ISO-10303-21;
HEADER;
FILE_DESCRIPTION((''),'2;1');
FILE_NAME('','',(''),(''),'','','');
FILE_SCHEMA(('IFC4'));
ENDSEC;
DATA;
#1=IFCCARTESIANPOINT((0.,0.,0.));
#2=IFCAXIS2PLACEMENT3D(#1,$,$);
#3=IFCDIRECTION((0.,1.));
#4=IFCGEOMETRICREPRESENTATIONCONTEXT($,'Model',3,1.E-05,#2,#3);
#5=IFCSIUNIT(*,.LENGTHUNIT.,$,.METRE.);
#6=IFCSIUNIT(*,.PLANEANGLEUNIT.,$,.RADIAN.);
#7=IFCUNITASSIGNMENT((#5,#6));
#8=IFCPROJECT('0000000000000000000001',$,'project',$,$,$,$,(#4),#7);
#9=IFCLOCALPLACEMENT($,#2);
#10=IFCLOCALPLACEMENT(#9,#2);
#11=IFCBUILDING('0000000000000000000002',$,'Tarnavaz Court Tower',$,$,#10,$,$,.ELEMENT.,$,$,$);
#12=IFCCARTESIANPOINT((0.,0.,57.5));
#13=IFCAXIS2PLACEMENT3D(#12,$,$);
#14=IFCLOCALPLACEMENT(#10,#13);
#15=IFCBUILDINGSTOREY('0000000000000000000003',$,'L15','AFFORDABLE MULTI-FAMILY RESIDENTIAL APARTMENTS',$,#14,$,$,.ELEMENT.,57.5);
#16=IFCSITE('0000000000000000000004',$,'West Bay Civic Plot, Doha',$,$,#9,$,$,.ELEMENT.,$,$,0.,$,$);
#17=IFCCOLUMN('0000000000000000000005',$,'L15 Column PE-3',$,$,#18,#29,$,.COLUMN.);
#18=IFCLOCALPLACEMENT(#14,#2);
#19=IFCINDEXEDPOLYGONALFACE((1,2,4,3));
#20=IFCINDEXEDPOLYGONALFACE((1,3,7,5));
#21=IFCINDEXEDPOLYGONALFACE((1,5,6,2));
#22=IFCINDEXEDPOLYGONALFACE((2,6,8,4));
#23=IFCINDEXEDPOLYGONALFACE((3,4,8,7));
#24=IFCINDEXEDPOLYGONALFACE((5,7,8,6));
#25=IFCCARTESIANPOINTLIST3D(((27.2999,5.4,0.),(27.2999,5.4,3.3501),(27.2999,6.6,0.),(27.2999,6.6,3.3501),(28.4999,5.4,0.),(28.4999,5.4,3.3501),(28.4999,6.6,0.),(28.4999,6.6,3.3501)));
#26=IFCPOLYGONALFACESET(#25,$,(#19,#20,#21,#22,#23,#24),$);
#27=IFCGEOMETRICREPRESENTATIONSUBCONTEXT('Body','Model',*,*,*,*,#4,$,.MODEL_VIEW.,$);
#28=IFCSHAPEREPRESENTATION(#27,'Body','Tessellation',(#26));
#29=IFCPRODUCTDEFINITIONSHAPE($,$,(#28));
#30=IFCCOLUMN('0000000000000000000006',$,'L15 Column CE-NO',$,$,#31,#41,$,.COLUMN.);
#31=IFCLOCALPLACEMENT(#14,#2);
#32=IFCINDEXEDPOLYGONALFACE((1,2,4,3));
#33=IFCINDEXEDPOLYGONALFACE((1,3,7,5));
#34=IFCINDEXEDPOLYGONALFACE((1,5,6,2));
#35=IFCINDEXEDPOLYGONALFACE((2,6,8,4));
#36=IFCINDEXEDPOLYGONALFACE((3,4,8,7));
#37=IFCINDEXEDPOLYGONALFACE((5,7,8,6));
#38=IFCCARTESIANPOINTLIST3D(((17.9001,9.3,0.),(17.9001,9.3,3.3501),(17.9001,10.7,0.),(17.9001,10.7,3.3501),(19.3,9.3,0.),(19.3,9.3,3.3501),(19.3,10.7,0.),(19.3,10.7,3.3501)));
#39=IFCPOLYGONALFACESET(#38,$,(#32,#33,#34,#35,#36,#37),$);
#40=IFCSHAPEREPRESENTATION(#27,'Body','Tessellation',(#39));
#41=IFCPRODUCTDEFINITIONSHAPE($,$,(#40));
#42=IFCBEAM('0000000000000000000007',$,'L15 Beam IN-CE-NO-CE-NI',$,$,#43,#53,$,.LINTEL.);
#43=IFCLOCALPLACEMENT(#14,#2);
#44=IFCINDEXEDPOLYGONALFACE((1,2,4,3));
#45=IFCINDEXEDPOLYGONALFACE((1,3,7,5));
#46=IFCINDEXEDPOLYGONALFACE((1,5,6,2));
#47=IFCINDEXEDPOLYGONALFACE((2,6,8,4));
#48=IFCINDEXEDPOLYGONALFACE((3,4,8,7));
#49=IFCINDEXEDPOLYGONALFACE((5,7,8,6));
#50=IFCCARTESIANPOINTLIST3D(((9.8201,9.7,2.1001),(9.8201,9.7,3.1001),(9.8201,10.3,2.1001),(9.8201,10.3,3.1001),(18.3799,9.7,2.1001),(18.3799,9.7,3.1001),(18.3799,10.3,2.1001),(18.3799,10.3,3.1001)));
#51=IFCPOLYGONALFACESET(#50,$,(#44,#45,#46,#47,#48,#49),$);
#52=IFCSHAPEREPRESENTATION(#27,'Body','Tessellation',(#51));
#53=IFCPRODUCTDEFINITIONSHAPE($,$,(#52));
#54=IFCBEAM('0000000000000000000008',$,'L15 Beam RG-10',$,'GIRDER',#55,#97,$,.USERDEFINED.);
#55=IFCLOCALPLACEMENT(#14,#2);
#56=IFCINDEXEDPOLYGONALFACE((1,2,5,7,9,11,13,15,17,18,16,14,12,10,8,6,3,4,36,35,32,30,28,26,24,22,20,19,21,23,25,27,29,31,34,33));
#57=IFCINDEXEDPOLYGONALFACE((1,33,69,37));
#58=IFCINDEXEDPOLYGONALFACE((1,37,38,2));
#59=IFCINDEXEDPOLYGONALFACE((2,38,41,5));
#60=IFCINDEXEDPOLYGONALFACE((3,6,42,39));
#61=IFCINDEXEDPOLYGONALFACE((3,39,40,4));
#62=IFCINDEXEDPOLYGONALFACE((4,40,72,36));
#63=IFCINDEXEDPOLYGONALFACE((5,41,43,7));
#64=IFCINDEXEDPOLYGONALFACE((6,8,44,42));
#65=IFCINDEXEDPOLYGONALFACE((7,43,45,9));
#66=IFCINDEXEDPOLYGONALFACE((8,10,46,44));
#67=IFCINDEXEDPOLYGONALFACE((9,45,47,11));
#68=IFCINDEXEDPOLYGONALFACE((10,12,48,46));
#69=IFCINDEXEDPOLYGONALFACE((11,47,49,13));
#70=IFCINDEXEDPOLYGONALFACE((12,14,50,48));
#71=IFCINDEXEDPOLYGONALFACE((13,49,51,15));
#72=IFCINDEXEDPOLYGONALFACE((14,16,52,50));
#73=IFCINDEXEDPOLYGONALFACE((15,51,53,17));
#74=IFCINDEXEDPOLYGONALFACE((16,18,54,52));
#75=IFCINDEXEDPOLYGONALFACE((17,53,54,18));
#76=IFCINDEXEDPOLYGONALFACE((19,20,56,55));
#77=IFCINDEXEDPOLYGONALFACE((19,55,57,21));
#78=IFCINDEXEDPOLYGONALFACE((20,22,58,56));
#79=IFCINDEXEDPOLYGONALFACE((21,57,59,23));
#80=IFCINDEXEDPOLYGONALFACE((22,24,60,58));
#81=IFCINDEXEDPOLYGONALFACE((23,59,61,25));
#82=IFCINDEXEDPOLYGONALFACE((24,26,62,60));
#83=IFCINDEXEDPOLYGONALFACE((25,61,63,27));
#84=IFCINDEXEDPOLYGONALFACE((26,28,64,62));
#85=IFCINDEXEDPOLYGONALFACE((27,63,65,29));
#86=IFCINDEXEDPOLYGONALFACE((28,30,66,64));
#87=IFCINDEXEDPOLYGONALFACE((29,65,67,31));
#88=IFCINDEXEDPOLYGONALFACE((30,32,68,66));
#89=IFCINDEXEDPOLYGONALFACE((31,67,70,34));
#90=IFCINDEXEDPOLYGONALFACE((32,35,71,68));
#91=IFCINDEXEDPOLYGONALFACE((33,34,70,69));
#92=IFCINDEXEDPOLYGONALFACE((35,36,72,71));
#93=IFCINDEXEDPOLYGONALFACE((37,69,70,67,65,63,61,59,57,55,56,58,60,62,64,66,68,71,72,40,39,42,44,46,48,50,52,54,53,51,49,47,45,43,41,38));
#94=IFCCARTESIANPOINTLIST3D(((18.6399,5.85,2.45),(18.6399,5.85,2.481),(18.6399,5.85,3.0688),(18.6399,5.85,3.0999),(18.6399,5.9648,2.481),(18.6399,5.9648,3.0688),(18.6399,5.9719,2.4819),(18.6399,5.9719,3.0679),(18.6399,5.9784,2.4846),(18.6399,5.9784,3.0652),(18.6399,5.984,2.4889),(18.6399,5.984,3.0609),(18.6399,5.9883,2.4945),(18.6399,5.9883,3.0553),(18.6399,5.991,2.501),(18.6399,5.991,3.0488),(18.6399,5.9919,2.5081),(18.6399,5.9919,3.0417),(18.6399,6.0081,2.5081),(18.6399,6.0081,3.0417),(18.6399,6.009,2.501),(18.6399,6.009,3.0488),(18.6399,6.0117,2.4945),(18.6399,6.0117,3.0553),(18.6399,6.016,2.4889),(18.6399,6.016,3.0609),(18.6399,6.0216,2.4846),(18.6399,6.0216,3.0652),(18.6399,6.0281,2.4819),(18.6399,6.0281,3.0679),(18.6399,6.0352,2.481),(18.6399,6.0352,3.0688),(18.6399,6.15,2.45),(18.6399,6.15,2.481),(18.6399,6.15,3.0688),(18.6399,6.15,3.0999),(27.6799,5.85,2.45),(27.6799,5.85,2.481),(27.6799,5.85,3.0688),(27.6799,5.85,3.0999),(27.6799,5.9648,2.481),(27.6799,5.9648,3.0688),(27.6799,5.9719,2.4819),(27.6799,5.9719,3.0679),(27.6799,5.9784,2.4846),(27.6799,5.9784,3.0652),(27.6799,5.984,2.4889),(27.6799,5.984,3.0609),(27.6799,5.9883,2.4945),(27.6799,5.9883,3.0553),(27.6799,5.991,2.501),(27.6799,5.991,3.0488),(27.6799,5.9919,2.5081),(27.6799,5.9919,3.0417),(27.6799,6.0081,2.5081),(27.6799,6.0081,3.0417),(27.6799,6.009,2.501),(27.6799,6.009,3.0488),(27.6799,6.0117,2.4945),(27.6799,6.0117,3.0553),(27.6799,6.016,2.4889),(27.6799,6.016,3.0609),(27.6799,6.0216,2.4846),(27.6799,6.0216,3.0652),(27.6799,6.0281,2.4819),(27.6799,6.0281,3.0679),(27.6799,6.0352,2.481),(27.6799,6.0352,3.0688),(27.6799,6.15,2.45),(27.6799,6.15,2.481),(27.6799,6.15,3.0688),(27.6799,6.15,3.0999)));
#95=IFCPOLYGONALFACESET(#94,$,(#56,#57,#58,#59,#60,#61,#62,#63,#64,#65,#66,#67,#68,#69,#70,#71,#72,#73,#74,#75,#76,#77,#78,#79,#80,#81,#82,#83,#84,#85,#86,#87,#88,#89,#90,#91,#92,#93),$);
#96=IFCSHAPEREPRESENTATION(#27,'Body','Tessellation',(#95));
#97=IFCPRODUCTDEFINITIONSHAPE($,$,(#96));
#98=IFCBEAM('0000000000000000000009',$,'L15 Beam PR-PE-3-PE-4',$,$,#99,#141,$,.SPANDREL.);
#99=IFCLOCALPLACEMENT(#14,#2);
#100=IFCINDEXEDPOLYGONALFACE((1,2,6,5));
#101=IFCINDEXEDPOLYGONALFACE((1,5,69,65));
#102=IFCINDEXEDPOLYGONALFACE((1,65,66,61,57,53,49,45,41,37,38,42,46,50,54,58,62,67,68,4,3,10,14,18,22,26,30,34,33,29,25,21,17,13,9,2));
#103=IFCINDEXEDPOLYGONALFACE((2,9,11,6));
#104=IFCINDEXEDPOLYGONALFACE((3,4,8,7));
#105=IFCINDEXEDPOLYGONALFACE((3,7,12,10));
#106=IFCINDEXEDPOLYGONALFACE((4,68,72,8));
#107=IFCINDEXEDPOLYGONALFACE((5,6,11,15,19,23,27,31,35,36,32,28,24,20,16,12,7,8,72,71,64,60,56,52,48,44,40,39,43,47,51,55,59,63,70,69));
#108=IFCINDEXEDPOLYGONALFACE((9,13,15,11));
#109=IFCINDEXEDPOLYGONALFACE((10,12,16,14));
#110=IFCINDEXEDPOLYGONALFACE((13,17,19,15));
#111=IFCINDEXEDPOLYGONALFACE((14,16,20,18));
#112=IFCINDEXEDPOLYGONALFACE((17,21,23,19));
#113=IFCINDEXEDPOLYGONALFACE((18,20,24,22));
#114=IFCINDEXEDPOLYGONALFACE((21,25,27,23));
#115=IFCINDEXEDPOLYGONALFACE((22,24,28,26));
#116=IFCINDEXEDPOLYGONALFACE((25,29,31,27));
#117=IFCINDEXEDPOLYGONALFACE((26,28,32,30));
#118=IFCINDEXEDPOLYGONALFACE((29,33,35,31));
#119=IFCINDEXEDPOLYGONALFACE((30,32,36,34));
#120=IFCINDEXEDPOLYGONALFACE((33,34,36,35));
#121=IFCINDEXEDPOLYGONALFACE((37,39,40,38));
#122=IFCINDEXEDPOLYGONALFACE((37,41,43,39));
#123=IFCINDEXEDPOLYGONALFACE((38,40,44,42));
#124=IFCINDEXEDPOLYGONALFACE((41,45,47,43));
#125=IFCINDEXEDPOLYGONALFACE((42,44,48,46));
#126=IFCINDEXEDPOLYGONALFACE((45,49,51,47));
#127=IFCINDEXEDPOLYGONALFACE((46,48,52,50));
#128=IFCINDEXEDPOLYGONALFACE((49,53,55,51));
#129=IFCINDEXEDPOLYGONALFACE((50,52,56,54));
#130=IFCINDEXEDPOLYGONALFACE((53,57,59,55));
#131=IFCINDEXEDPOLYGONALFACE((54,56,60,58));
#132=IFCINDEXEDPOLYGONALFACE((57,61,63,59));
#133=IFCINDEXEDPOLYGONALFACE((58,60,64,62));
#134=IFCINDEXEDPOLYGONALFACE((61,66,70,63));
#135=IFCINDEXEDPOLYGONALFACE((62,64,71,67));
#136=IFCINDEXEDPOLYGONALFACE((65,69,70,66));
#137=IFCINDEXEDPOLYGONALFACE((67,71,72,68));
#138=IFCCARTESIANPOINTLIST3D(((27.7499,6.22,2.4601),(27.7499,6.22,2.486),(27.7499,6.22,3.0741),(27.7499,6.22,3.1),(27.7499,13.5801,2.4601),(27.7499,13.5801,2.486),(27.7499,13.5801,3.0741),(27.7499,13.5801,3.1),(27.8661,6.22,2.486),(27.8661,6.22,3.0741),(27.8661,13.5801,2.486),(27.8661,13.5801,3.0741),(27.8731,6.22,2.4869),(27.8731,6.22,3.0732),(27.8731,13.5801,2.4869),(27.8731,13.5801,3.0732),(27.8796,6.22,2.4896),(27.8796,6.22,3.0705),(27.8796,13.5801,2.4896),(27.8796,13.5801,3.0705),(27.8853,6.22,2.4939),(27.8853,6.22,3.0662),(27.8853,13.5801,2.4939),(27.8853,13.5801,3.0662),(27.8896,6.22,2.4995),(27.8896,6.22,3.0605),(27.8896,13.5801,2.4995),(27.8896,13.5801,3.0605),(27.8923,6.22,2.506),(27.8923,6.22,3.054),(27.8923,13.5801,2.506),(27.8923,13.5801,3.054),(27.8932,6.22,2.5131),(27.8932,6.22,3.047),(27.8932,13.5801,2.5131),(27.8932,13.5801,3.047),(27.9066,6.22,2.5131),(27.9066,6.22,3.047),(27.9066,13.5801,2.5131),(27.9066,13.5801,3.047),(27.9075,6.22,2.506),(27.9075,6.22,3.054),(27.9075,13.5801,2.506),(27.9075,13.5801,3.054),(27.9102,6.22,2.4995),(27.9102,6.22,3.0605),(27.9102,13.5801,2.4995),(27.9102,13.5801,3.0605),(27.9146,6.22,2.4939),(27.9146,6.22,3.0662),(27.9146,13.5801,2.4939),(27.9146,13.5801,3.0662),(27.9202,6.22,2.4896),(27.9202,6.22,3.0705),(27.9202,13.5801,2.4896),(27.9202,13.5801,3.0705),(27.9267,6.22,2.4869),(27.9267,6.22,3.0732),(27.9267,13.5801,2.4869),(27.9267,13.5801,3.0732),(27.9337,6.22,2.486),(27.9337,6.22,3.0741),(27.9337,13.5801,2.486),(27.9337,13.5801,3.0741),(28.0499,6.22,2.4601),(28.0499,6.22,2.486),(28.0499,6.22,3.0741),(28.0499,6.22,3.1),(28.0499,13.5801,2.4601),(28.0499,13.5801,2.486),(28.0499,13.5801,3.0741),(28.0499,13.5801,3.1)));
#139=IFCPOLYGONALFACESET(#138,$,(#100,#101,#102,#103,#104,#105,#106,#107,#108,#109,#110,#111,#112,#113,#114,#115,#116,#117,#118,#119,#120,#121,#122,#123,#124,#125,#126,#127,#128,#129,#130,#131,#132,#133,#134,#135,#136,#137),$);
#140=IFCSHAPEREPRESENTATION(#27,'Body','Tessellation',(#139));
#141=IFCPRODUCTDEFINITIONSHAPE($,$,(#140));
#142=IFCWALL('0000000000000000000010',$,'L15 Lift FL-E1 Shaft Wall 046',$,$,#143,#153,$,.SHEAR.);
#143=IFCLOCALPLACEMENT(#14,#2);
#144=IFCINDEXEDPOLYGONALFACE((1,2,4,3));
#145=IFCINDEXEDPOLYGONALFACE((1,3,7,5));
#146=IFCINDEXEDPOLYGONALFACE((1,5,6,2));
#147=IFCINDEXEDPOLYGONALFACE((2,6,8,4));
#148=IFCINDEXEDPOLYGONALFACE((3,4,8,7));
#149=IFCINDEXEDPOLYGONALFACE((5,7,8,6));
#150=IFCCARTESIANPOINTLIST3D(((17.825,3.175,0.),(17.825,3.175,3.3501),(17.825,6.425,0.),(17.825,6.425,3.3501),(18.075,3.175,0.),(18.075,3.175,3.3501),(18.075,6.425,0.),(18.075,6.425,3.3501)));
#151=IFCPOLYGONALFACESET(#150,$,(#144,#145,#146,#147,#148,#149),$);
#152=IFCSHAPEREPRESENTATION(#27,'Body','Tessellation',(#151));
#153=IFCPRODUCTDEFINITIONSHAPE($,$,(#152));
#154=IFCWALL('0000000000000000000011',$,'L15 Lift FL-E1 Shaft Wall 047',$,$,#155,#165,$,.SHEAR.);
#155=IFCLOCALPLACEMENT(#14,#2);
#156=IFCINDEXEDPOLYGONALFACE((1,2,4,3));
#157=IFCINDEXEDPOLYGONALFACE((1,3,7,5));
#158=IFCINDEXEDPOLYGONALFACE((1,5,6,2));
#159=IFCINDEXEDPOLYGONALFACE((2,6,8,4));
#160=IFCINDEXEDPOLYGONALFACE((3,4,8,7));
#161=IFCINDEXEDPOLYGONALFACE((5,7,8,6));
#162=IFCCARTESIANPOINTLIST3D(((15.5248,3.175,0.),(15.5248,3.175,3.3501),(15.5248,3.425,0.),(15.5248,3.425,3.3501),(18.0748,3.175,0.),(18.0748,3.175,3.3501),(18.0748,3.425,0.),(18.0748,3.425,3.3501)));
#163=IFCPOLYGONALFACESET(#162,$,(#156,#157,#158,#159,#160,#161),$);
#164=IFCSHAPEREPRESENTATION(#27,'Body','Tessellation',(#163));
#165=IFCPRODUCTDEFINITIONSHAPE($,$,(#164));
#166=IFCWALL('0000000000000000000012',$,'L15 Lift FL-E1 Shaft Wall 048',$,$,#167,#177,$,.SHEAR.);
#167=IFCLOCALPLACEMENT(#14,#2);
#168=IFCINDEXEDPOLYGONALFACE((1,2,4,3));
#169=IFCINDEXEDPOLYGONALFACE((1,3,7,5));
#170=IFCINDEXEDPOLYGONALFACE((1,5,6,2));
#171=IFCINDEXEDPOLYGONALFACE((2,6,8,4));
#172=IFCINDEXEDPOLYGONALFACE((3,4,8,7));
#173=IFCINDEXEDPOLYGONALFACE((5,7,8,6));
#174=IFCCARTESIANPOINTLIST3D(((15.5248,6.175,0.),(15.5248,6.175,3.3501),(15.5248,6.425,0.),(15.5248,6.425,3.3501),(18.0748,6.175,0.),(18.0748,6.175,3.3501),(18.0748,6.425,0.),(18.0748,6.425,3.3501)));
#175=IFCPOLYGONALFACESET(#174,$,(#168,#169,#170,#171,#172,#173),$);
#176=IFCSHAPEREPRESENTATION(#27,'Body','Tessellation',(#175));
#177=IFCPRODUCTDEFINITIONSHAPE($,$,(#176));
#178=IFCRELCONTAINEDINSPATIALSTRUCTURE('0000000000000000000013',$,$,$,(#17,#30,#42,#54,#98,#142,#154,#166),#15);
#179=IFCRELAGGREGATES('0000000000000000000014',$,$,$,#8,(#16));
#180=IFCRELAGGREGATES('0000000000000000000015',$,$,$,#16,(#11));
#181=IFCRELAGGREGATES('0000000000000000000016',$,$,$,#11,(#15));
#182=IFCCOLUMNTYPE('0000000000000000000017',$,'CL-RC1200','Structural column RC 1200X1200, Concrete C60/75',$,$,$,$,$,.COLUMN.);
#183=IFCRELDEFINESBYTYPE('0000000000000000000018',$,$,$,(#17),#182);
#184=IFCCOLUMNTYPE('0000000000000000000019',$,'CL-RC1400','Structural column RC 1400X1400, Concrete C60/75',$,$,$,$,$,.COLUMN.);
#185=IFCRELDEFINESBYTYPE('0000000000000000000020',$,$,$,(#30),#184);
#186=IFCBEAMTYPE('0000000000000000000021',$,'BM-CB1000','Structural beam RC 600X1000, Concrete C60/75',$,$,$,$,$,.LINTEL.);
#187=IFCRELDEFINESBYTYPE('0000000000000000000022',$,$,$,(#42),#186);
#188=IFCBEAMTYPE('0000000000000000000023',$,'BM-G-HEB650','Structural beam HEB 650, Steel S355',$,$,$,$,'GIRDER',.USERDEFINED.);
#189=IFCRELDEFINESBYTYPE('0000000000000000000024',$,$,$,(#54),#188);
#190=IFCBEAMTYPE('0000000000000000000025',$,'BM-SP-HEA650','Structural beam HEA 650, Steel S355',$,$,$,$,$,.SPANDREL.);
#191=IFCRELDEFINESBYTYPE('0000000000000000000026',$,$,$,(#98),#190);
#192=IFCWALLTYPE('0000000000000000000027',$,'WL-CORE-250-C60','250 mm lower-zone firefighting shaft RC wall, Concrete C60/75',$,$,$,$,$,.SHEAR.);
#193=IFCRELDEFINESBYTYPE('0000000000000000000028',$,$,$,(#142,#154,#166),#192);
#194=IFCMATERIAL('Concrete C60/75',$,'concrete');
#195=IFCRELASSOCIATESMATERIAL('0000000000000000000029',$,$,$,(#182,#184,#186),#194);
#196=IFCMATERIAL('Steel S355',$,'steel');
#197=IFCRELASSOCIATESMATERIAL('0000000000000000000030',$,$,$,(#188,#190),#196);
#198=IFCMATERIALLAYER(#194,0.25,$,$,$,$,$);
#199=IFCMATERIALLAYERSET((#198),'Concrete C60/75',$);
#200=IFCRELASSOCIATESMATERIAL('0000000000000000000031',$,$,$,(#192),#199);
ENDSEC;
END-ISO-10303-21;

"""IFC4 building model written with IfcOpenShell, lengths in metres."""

from ifc_helpers import new_model, si_unit, direction, frame, frame_2d, origin, origin_2d, place, context, subcontext, project, spatial, rectangle, i_section, extrude, material, layer, layer_set, material_profile, profile_set, type_object, element, save


model = new_model("IFC4")

# Units and contexts
model_context = context("Model", 3, precision=1e-05, world=origin(), true_north=direction((0.0, 1.0)))
body_context = subcontext(model_context, "Body", "Model", "MODEL_VIEW")
ifc_project = project(units=[si_unit("LENGTHUNIT", "METRE"), si_unit("PLANEANGLEUNIT", "RADIAN")], contexts=[model_context])

# Site, building, storey
site_placement = place(None, origin())
site = spatial("IfcSite", under=ifc_project, at=site_placement, Name="West Bay Civic Plot, Doha", CompositionType="ELEMENT", RefElevation=0.0)
building_placement = place(site_placement, origin())
building = spatial("IfcBuilding", under=site, at=building_placement, Name="Tarnavaz Court Tower", CompositionType="ELEMENT")
storey_placement = place(building_placement, frame((0.0, 0.0, 57.5)))
storey = spatial("IfcBuildingStorey", under=building, at=storey_placement, Name="L15", Description="AFFORDABLE MULTI-FAMILY RESIDENTIAL APARTMENTS", CompositionType="ELEMENT", Elevation=57.5)

# Columns
ifc_material_1 = material(Name="Concrete C60/75", Category="concrete")
ifc_material_profile_1 = material_profile(ifc_material_1, rectangle(XDim=1.2, YDim=1.2, at=origin_2d()), Name="RC 1200X1200")
ifc_profile_set_1 = profile_set([ifc_material_profile_1], Name="Concrete C60/75")
column_type_1 = type_object("IfcColumnType", Name="CL-RC1200", Description="Structural column RC 1200X1200, Concrete C60/75", PredefinedType="COLUMN", material=ifc_profile_set_1)
column_1_placement = place(storey_placement, frame((27.8999, 6.0, 0.0), z_axis=(0.0, 0.0, 1.0), x_axis=(1.0, 0.0, 0.0)))
element("IfcColumn", 1, at=column_1_placement, inside=storey, type_object=column_type_1, Name="L15 Column PE-3", PredefinedType="COLUMN", context=body_context, shape_type="SweptSolid", body=[
    extrude(rectangle(XDim=1.2, YDim=1.2, at=origin_2d()), origin(), (0.0, 0.0, 1.0), 3.3501),
])
ifc_material_profile_2 = material_profile(ifc_material_1, rectangle(XDim=1.3999, YDim=1.3999, at=origin_2d()), Name="RC 1400X1400")
ifc_profile_set_2 = profile_set([ifc_material_profile_2], Name="Concrete C60/75")
column_type_2 = type_object("IfcColumnType", Name="CL-RC1400", Description="Structural column RC 1400X1400, Concrete C60/75", PredefinedType="COLUMN", material=ifc_profile_set_2)
column_2_placement = place(storey_placement, frame((18.6001, 10.0, 0.0), z_axis=(0.0, 0.0, 1.0), x_axis=(1.0, 0.0, 0.0)))
element("IfcColumn", 2, at=column_2_placement, inside=storey, type_object=column_type_2, Name="L15 Column CE-NO", PredefinedType="COLUMN", context=body_context, shape_type="SweptSolid", body=[
    extrude(rectangle(XDim=1.3999, YDim=1.3999, at=origin_2d()), origin(), (0.0, 0.0, 1.0), 3.3501),
])

# Beams
ifc_material_profile_3 = material_profile(ifc_material_1, rectangle(XDim=0.6001, YDim=1.0, at=origin_2d()), Name="RC 600X1000")
ifc_profile_set_3 = profile_set([ifc_material_profile_3], Name="Concrete C60/75")
beam_type_1 = type_object("IfcBeamType", Name="BM-CB1000", Description="Structural beam RC 600X1000, Concrete C60/75", PredefinedType="LINTEL", material=ifc_profile_set_3)
beam_1_placement = place(storey_placement, frame((18.3799, 10.0, 2.6001), z_axis=(-1.0, 0.0, 0.0), x_axis=(0.0, -1.0, 0.0)))
element("IfcBeam", 3, at=beam_1_placement, inside=storey, type_object=beam_type_1, Name="L15 Beam IN-CE-NO-CE-NI", PredefinedType="LINTEL", context=body_context, shape_type="SweptSolid", body=[
    extrude(rectangle(XDim=0.6001, YDim=1.0, at=origin_2d()), origin(), (0.0, 0.0, 1.0), 8.5598),
])
ifc_material_2 = material(Name="Steel S355", Category="steel")
ifc_material_profile_4 = material_profile(ifc_material_2, i_section(OverallWidth=0.3, OverallDepth=0.6499, WebThickness=0.0161, FlangeThickness=0.031, FilletRadius=0.0271, at=origin_2d()), Name="HEB 650")
ifc_profile_set_4 = profile_set([ifc_material_profile_4], Name="Steel S355")
beam_type_2 = type_object("IfcBeamType", Name="BM-G-HEB650", Description="Structural beam HEB 650, Steel S355", ElementType="GIRDER", PredefinedType="USERDEFINED", material=ifc_profile_set_4)
beam_2_placement = place(storey_placement, frame((18.6399, 6.0, 2.7749), z_axis=(1.0, 0.0, 0.0), x_axis=(0.0, 1.0, 0.0)))
element("IfcBeam", 4, at=beam_2_placement, inside=storey, type_object=beam_type_2, Name="L15 Beam RG-10", ObjectType="GIRDER", PredefinedType="USERDEFINED", context=body_context, shape_type="SweptSolid", body=[
    extrude(i_section(OverallWidth=0.3, OverallDepth=0.6499, WebThickness=0.0161, FlangeThickness=0.031, FilletRadius=0.0271, at=origin_2d()), origin(), (0.0, 0.0, 1.0), 9.04),
])
ifc_material_profile_5 = material_profile(ifc_material_2, i_section(OverallWidth=0.3, OverallDepth=0.6399, WebThickness=0.0134, FlangeThickness=0.0259, FilletRadius=0.0271, at=origin_2d()), Name="HEA 650")
ifc_profile_set_5 = profile_set([ifc_material_profile_5], Name="Steel S355")
beam_type_3 = type_object("IfcBeamType", Name="BM-SP-HEA650", Description="Structural beam HEA 650, Steel S355", PredefinedType="SPANDREL", material=ifc_profile_set_5)
beam_3_placement = place(storey_placement, frame((27.8999, 6.22, 2.78), z_axis=(0.0, 1.0, 0.0), x_axis=(-1.0, 0.0, 0.0)))
element("IfcBeam", 5, at=beam_3_placement, inside=storey, type_object=beam_type_3, Name="L15 Beam PR-PE-3-PE-4", PredefinedType="SPANDREL", context=body_context, shape_type="SweptSolid", body=[
    extrude(i_section(OverallWidth=0.3, OverallDepth=0.6399, WebThickness=0.0134, FlangeThickness=0.0259, FilletRadius=0.0271, at=origin_2d()), origin(), (0.0, 0.0, 1.0), 7.3601),
])

# Shared definitions
ifc_layer_1 = layer(ifc_material_1, 0.25)
ifc_layer_set_1 = layer_set([ifc_layer_1], Name="Concrete C60/75")
wall_type_1 = type_object("IfcWallType", Name="WL-CORE-250-C60", Description="250 mm lower-zone firefighting shaft RC wall, Concrete C60/75", PredefinedType="SHEAR", material=ifc_layer_set_1)

# Walls
wall_1_placement = place(storey_placement, frame((17.95, 3.175, 0.0), z_axis=(0.0, 0.0, 1.0), x_axis=(0.0, 1.0, 0.0)))
element("IfcWall", 6, at=wall_1_placement, inside=storey, type_object=wall_type_1, Name="L15 Lift FL-E1 Shaft Wall 046", PredefinedType="SHEAR", context=body_context, shape_type="SweptSolid", body=[
    extrude(rectangle(XDim=3.25, YDim=0.25, at=frame_2d((1.625, 0.0))), origin(), (0.0, 0.0, 1.0), 3.3501),
])
for number, where, z_axis, x_axis, name in (
    (7, (15.5249, 3.3, 0.0), (0.0, 0.0, 1.0), (1.0, 0.0, 0.0), "L15 Lift FL-E1 Shaft Wall 047"),
    (8, (15.5249, 6.3, 0.0), (0.0, 0.0, 1.0), (1.0, 0.0, 0.0), "L15 Lift FL-E1 Shaft Wall 048"),
):
    element("IfcWall", number, at=place(storey_placement, frame(where, z_axis=z_axis, x_axis=x_axis)), inside=storey, type_object=wall_type_1, Name=name, PredefinedType="SHEAR", context=body_context, shape_type="SweptSolid", body=[
        extrude(rectangle(XDim=2.55, YDim=0.25, at=frame_2d((1.2749, 0.0))), origin(), (0.0, 0.0, 1.0), 3.3501),
    ])

save(model, "model.ifc")
